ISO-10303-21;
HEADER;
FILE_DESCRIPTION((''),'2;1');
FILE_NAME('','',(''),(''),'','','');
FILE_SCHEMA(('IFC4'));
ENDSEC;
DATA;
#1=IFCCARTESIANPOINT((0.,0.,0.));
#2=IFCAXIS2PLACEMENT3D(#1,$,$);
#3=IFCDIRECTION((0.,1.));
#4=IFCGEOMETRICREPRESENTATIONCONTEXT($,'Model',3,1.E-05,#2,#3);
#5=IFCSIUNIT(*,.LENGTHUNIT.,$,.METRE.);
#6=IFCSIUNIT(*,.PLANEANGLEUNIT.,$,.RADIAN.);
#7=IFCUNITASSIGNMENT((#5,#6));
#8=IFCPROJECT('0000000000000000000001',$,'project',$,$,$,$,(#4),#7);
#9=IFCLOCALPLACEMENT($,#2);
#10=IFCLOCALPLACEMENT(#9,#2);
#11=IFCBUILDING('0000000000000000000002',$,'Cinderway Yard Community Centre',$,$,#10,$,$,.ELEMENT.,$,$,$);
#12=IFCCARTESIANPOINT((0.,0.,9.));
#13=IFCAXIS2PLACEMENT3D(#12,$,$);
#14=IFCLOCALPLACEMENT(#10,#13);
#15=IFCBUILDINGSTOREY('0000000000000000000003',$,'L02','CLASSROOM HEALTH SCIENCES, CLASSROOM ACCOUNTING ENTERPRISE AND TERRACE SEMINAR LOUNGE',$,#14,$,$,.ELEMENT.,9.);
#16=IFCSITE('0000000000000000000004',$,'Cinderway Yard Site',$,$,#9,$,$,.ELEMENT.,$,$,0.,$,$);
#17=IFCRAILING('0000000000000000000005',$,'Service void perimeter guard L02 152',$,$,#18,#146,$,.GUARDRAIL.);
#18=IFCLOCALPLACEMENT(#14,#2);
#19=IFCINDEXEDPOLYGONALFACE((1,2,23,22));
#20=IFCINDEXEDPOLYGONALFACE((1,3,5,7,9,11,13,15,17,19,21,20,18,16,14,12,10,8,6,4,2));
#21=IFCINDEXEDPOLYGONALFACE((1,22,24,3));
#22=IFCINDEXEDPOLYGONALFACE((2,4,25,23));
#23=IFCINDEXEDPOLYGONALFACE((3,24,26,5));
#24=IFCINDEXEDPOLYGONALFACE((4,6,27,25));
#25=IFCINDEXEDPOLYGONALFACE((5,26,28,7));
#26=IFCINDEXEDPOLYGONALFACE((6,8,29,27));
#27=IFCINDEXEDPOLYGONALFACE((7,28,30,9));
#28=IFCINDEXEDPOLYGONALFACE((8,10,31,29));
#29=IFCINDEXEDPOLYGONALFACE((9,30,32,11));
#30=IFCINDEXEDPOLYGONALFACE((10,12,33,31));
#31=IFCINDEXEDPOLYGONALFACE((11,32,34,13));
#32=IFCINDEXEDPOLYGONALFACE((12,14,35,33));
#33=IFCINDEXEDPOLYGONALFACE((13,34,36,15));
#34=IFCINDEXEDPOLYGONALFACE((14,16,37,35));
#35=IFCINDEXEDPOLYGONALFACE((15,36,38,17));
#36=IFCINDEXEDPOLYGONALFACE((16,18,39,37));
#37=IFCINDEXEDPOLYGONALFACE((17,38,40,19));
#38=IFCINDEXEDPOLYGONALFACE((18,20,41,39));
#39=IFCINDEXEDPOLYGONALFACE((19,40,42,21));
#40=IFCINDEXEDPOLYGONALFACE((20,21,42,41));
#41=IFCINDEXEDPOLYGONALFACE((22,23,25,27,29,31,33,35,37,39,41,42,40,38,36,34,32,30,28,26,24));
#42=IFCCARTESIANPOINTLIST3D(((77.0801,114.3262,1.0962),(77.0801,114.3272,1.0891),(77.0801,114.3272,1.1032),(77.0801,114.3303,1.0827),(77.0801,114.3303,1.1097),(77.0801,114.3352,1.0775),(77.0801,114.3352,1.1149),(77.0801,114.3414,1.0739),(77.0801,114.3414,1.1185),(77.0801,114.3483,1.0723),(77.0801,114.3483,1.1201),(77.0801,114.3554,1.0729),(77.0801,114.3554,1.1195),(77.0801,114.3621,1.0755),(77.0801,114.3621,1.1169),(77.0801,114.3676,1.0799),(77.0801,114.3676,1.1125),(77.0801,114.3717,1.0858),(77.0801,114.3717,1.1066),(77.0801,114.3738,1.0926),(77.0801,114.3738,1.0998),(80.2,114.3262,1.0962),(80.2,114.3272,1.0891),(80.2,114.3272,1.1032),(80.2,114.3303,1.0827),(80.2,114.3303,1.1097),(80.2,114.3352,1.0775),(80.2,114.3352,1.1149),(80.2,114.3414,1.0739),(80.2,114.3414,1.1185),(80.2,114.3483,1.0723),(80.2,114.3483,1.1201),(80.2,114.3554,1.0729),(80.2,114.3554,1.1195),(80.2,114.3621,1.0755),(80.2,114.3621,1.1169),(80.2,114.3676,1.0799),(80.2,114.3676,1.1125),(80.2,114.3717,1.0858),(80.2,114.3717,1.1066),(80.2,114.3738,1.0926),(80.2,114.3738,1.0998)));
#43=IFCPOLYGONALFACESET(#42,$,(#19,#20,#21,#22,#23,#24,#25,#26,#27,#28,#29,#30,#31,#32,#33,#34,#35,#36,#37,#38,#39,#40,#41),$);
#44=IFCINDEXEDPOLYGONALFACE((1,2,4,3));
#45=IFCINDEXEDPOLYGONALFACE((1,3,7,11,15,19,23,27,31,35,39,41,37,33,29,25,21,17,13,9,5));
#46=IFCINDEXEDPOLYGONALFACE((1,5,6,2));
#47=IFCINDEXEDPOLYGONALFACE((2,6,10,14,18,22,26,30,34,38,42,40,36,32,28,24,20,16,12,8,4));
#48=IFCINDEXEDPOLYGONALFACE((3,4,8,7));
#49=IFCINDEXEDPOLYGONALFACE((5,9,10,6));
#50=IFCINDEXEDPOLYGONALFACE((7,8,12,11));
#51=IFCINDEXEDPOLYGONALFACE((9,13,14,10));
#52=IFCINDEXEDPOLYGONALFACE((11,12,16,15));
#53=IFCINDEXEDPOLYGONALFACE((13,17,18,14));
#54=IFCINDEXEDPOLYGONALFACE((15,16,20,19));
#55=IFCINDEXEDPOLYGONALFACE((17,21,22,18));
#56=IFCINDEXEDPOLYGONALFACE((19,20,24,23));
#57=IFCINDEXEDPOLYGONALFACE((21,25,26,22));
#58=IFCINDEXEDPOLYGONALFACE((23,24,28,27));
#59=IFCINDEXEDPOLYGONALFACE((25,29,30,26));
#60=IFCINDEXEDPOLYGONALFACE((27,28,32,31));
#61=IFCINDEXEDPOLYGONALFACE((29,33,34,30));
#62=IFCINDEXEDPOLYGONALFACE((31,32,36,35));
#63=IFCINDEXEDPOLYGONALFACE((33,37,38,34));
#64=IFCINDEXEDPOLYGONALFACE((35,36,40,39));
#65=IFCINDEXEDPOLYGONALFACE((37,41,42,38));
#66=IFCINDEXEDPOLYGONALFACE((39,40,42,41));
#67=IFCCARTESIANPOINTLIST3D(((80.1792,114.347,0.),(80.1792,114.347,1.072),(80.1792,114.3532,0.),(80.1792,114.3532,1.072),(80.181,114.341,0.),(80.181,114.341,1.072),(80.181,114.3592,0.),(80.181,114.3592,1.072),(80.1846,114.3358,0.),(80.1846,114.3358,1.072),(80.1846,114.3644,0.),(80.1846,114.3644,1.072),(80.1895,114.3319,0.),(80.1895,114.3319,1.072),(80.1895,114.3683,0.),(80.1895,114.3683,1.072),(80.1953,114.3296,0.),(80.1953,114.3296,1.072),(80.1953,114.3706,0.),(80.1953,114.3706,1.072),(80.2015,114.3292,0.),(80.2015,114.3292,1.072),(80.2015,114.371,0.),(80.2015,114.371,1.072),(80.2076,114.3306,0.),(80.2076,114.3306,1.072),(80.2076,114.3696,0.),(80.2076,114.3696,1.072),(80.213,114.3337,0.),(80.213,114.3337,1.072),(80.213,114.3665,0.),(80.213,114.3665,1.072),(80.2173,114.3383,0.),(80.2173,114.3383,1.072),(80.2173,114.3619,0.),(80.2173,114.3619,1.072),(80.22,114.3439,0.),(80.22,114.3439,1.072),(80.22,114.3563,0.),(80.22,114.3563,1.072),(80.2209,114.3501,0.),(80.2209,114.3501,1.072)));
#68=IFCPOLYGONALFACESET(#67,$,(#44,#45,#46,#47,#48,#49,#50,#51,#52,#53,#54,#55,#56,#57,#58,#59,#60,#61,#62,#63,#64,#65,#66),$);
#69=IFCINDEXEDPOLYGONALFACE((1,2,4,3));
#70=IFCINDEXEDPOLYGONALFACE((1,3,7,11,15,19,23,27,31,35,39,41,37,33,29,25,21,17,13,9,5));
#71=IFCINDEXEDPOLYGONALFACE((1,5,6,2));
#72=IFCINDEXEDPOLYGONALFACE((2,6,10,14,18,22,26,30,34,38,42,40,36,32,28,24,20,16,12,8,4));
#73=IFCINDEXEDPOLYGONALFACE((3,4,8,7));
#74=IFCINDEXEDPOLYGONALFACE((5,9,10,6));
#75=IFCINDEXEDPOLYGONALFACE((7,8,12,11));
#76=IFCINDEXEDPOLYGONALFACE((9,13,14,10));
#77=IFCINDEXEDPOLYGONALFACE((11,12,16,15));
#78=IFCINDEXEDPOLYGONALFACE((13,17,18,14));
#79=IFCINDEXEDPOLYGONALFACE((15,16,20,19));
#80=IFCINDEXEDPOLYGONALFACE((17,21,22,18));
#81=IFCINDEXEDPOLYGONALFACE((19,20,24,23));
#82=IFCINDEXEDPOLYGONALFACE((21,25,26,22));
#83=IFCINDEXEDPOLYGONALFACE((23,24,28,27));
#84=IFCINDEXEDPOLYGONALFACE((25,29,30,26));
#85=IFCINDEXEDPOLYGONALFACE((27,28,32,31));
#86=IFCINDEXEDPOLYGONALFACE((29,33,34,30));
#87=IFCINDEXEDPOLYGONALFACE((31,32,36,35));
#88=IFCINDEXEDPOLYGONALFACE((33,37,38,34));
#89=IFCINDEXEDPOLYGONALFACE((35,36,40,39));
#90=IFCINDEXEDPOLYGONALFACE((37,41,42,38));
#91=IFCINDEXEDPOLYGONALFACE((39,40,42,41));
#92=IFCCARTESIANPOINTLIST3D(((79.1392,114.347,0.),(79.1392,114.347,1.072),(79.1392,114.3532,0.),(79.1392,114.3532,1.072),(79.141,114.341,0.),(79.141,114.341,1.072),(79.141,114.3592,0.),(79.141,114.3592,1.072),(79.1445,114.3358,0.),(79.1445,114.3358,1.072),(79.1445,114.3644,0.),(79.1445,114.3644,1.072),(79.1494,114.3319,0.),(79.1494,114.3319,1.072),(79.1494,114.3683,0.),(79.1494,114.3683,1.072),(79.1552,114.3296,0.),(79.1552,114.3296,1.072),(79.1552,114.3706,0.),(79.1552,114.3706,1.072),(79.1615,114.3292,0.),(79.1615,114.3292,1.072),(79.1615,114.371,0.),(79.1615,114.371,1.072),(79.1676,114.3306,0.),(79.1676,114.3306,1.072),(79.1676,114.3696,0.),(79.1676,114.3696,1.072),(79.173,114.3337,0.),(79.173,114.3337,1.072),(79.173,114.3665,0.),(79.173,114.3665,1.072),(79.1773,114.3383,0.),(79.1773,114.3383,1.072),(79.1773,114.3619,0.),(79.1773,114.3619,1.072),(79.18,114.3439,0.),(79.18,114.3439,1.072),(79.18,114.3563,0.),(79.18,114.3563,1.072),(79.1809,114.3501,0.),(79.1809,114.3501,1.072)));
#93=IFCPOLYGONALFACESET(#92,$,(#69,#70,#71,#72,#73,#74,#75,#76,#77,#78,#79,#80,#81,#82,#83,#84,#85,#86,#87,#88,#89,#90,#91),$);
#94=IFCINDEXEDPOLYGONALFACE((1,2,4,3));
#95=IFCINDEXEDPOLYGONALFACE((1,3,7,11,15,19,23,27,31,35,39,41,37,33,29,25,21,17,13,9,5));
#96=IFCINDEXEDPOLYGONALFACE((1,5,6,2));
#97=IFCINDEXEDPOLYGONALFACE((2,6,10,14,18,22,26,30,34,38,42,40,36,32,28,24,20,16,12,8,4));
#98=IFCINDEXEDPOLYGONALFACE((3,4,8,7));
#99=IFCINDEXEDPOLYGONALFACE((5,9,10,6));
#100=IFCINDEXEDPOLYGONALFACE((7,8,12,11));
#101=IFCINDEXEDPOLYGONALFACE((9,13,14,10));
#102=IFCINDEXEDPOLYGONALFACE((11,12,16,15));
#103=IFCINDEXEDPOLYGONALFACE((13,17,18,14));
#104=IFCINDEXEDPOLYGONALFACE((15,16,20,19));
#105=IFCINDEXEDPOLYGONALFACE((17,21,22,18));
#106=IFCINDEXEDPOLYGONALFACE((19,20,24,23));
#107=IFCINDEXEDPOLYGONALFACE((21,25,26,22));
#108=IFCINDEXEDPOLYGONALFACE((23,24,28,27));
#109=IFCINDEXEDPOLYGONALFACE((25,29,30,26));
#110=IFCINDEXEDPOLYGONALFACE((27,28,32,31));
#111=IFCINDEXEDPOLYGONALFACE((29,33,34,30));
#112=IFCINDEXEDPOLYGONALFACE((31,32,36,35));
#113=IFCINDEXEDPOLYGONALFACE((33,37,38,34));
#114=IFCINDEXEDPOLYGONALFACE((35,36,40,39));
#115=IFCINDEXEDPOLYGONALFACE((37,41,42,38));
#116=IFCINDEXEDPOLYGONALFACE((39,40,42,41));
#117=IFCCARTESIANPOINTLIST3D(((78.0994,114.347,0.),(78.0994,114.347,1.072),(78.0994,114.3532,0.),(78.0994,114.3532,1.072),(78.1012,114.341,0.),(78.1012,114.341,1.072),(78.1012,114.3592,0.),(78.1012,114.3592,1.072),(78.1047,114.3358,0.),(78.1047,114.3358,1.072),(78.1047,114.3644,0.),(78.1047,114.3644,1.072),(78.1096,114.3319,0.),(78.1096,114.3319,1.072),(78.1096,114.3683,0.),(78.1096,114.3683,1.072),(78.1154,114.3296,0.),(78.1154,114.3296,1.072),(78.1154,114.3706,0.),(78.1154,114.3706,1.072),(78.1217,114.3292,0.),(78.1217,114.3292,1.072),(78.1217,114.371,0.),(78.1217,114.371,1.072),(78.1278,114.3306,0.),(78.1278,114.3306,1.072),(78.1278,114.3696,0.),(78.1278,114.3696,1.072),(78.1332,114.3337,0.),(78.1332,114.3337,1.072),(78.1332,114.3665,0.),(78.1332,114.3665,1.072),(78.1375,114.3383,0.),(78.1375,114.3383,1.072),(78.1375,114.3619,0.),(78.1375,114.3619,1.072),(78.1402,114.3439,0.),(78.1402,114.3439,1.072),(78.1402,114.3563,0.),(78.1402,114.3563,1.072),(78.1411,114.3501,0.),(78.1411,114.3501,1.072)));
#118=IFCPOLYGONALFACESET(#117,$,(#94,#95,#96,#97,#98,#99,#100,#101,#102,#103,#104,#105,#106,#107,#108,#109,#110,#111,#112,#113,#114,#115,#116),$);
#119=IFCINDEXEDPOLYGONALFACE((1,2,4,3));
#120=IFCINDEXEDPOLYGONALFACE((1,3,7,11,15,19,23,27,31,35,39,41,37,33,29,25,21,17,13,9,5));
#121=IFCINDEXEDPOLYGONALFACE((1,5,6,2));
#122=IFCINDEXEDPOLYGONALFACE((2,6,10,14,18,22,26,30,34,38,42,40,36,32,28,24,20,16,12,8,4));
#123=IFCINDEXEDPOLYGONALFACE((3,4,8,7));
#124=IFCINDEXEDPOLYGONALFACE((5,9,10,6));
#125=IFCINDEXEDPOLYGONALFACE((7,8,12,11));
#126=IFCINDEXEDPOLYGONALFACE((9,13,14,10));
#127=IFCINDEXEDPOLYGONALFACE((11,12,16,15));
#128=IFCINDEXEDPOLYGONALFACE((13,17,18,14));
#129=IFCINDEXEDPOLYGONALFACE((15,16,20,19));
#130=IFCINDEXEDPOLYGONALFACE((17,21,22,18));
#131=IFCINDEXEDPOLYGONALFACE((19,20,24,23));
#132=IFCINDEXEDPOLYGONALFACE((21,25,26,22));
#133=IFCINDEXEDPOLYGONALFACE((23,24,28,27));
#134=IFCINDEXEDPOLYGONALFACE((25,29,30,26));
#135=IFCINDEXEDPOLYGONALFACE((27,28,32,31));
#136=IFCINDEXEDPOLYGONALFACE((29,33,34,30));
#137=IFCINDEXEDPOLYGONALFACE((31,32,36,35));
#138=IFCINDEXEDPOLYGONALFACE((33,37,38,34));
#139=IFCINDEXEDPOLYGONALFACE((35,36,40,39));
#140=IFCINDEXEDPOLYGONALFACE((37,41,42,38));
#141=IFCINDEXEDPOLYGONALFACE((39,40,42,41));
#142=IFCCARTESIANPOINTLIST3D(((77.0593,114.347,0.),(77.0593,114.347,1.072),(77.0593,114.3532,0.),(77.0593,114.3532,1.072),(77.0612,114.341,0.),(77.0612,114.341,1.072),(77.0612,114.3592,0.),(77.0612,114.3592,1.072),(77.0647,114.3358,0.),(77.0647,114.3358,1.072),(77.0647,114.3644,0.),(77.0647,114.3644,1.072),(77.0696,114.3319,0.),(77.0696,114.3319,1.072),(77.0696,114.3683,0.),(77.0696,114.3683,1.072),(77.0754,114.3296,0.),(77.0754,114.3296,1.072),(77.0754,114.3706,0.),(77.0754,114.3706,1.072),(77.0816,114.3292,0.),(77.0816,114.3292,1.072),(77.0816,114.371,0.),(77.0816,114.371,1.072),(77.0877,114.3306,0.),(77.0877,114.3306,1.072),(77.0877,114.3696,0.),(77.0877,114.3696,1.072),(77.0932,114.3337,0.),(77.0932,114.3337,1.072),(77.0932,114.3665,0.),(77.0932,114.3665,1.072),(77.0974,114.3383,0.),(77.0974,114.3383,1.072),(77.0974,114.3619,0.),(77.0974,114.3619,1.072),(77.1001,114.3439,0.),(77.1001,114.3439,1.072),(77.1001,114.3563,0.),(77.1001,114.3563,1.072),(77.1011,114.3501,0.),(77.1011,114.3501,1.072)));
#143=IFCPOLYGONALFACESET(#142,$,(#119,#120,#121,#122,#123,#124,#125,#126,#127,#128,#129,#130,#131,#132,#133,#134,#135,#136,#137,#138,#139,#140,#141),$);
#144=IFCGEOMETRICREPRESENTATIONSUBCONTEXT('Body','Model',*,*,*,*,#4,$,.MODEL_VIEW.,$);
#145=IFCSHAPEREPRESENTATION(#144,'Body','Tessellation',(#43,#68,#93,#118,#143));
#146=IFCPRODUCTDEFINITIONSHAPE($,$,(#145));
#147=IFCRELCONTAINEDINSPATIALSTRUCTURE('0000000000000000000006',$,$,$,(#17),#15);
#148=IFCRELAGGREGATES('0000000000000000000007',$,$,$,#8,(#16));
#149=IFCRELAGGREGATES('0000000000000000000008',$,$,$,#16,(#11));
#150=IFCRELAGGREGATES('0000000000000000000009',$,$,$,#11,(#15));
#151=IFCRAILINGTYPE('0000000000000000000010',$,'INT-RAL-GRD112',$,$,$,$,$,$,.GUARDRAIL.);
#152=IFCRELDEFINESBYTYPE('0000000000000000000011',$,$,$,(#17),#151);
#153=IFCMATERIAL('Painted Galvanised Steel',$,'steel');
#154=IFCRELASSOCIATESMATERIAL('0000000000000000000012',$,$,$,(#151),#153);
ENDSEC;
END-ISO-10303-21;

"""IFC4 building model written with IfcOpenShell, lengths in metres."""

from ifc_helpers import new_model, si_unit, direction, frame, origin, origin_2d, place, context, subcontext, project, spatial, circle, extrude, material, type_object, element, save


model = new_model("IFC4")

# Units and contexts
model_context = context("Model", 3, precision=1e-05, world=origin(), true_north=direction((0.0, 1.0)))
body_context = subcontext(model_context, "Body", "Model", "MODEL_VIEW")
ifc_project = project(units=[si_unit("LENGTHUNIT", "METRE"), si_unit("PLANEANGLEUNIT", "RADIAN")], contexts=[model_context])

# Site, building, storey
site_placement = place(None, origin())
site = spatial("IfcSite", under=ifc_project, at=site_placement, Name="Cinderway Yard Site", CompositionType="ELEMENT", RefElevation=0.0)
building_placement = place(site_placement, origin())
building = spatial("IfcBuilding", under=site, at=building_placement, Name="Cinderway Yard Community Centre", CompositionType="ELEMENT")
storey_placement = place(building_placement, frame((0.0, 0.0, 9.0)))
storey = spatial("IfcBuildingStorey", under=building, at=storey_placement, Name="L02", Description="CLASSROOM HEALTH SCIENCES, CLASSROOM ACCOUNTING ENTERPRISE AND TERRACE SEMINAR LOUNGE", CompositionType="ELEMENT", Elevation=9.0)

# Shared definitions
ifc_material_1 = material(Name="Painted Galvanised Steel", Category="steel")

# Railing
railing_type = type_object("IfcRailingType", Name="INT-RAL-GRD112", PredefinedType="GUARDRAIL", material=ifc_material_1)
railing_1_placement = place(storey_placement, frame((80.2, 114.3501, 0.0)))
element("IfcRailing", 1, at=railing_1_placement, inside=storey, type_object=railing_type, Name="Service void perimeter guard L02 152", PredefinedType="GUARDRAIL", context=body_context, shape_type="SweptSolid", body=[
    extrude(circle(Radius=0.0239, at=origin_2d()), frame((0.0, 0.0, 1.0962), z_axis=(-1.0, 0.0, 0.0), x_axis=(0.0, -1.0, 0.0)), (0.0, 0.0, 1.0), 3.1199),
    extrude(circle(Radius=0.021, at=origin_2d()), origin(), (0.0, 0.0, 1.0), 1.072),
    extrude(circle(Radius=0.021, at=origin_2d()), frame((-1.04, 0.0, 0.0)), (0.0, 0.0, 1.0), 1.072),
    extrude(circle(Radius=0.021, at=origin_2d()), frame((-2.0798, 0.0, 0.0)), (0.0, 0.0, 1.0), 1.072),
    extrude(circle(Radius=0.021, at=origin_2d()), frame((-3.1199, 0.0, 0.0)), (0.0, 0.0, 1.0), 1.072),
])

save(model, "model.ifc")
